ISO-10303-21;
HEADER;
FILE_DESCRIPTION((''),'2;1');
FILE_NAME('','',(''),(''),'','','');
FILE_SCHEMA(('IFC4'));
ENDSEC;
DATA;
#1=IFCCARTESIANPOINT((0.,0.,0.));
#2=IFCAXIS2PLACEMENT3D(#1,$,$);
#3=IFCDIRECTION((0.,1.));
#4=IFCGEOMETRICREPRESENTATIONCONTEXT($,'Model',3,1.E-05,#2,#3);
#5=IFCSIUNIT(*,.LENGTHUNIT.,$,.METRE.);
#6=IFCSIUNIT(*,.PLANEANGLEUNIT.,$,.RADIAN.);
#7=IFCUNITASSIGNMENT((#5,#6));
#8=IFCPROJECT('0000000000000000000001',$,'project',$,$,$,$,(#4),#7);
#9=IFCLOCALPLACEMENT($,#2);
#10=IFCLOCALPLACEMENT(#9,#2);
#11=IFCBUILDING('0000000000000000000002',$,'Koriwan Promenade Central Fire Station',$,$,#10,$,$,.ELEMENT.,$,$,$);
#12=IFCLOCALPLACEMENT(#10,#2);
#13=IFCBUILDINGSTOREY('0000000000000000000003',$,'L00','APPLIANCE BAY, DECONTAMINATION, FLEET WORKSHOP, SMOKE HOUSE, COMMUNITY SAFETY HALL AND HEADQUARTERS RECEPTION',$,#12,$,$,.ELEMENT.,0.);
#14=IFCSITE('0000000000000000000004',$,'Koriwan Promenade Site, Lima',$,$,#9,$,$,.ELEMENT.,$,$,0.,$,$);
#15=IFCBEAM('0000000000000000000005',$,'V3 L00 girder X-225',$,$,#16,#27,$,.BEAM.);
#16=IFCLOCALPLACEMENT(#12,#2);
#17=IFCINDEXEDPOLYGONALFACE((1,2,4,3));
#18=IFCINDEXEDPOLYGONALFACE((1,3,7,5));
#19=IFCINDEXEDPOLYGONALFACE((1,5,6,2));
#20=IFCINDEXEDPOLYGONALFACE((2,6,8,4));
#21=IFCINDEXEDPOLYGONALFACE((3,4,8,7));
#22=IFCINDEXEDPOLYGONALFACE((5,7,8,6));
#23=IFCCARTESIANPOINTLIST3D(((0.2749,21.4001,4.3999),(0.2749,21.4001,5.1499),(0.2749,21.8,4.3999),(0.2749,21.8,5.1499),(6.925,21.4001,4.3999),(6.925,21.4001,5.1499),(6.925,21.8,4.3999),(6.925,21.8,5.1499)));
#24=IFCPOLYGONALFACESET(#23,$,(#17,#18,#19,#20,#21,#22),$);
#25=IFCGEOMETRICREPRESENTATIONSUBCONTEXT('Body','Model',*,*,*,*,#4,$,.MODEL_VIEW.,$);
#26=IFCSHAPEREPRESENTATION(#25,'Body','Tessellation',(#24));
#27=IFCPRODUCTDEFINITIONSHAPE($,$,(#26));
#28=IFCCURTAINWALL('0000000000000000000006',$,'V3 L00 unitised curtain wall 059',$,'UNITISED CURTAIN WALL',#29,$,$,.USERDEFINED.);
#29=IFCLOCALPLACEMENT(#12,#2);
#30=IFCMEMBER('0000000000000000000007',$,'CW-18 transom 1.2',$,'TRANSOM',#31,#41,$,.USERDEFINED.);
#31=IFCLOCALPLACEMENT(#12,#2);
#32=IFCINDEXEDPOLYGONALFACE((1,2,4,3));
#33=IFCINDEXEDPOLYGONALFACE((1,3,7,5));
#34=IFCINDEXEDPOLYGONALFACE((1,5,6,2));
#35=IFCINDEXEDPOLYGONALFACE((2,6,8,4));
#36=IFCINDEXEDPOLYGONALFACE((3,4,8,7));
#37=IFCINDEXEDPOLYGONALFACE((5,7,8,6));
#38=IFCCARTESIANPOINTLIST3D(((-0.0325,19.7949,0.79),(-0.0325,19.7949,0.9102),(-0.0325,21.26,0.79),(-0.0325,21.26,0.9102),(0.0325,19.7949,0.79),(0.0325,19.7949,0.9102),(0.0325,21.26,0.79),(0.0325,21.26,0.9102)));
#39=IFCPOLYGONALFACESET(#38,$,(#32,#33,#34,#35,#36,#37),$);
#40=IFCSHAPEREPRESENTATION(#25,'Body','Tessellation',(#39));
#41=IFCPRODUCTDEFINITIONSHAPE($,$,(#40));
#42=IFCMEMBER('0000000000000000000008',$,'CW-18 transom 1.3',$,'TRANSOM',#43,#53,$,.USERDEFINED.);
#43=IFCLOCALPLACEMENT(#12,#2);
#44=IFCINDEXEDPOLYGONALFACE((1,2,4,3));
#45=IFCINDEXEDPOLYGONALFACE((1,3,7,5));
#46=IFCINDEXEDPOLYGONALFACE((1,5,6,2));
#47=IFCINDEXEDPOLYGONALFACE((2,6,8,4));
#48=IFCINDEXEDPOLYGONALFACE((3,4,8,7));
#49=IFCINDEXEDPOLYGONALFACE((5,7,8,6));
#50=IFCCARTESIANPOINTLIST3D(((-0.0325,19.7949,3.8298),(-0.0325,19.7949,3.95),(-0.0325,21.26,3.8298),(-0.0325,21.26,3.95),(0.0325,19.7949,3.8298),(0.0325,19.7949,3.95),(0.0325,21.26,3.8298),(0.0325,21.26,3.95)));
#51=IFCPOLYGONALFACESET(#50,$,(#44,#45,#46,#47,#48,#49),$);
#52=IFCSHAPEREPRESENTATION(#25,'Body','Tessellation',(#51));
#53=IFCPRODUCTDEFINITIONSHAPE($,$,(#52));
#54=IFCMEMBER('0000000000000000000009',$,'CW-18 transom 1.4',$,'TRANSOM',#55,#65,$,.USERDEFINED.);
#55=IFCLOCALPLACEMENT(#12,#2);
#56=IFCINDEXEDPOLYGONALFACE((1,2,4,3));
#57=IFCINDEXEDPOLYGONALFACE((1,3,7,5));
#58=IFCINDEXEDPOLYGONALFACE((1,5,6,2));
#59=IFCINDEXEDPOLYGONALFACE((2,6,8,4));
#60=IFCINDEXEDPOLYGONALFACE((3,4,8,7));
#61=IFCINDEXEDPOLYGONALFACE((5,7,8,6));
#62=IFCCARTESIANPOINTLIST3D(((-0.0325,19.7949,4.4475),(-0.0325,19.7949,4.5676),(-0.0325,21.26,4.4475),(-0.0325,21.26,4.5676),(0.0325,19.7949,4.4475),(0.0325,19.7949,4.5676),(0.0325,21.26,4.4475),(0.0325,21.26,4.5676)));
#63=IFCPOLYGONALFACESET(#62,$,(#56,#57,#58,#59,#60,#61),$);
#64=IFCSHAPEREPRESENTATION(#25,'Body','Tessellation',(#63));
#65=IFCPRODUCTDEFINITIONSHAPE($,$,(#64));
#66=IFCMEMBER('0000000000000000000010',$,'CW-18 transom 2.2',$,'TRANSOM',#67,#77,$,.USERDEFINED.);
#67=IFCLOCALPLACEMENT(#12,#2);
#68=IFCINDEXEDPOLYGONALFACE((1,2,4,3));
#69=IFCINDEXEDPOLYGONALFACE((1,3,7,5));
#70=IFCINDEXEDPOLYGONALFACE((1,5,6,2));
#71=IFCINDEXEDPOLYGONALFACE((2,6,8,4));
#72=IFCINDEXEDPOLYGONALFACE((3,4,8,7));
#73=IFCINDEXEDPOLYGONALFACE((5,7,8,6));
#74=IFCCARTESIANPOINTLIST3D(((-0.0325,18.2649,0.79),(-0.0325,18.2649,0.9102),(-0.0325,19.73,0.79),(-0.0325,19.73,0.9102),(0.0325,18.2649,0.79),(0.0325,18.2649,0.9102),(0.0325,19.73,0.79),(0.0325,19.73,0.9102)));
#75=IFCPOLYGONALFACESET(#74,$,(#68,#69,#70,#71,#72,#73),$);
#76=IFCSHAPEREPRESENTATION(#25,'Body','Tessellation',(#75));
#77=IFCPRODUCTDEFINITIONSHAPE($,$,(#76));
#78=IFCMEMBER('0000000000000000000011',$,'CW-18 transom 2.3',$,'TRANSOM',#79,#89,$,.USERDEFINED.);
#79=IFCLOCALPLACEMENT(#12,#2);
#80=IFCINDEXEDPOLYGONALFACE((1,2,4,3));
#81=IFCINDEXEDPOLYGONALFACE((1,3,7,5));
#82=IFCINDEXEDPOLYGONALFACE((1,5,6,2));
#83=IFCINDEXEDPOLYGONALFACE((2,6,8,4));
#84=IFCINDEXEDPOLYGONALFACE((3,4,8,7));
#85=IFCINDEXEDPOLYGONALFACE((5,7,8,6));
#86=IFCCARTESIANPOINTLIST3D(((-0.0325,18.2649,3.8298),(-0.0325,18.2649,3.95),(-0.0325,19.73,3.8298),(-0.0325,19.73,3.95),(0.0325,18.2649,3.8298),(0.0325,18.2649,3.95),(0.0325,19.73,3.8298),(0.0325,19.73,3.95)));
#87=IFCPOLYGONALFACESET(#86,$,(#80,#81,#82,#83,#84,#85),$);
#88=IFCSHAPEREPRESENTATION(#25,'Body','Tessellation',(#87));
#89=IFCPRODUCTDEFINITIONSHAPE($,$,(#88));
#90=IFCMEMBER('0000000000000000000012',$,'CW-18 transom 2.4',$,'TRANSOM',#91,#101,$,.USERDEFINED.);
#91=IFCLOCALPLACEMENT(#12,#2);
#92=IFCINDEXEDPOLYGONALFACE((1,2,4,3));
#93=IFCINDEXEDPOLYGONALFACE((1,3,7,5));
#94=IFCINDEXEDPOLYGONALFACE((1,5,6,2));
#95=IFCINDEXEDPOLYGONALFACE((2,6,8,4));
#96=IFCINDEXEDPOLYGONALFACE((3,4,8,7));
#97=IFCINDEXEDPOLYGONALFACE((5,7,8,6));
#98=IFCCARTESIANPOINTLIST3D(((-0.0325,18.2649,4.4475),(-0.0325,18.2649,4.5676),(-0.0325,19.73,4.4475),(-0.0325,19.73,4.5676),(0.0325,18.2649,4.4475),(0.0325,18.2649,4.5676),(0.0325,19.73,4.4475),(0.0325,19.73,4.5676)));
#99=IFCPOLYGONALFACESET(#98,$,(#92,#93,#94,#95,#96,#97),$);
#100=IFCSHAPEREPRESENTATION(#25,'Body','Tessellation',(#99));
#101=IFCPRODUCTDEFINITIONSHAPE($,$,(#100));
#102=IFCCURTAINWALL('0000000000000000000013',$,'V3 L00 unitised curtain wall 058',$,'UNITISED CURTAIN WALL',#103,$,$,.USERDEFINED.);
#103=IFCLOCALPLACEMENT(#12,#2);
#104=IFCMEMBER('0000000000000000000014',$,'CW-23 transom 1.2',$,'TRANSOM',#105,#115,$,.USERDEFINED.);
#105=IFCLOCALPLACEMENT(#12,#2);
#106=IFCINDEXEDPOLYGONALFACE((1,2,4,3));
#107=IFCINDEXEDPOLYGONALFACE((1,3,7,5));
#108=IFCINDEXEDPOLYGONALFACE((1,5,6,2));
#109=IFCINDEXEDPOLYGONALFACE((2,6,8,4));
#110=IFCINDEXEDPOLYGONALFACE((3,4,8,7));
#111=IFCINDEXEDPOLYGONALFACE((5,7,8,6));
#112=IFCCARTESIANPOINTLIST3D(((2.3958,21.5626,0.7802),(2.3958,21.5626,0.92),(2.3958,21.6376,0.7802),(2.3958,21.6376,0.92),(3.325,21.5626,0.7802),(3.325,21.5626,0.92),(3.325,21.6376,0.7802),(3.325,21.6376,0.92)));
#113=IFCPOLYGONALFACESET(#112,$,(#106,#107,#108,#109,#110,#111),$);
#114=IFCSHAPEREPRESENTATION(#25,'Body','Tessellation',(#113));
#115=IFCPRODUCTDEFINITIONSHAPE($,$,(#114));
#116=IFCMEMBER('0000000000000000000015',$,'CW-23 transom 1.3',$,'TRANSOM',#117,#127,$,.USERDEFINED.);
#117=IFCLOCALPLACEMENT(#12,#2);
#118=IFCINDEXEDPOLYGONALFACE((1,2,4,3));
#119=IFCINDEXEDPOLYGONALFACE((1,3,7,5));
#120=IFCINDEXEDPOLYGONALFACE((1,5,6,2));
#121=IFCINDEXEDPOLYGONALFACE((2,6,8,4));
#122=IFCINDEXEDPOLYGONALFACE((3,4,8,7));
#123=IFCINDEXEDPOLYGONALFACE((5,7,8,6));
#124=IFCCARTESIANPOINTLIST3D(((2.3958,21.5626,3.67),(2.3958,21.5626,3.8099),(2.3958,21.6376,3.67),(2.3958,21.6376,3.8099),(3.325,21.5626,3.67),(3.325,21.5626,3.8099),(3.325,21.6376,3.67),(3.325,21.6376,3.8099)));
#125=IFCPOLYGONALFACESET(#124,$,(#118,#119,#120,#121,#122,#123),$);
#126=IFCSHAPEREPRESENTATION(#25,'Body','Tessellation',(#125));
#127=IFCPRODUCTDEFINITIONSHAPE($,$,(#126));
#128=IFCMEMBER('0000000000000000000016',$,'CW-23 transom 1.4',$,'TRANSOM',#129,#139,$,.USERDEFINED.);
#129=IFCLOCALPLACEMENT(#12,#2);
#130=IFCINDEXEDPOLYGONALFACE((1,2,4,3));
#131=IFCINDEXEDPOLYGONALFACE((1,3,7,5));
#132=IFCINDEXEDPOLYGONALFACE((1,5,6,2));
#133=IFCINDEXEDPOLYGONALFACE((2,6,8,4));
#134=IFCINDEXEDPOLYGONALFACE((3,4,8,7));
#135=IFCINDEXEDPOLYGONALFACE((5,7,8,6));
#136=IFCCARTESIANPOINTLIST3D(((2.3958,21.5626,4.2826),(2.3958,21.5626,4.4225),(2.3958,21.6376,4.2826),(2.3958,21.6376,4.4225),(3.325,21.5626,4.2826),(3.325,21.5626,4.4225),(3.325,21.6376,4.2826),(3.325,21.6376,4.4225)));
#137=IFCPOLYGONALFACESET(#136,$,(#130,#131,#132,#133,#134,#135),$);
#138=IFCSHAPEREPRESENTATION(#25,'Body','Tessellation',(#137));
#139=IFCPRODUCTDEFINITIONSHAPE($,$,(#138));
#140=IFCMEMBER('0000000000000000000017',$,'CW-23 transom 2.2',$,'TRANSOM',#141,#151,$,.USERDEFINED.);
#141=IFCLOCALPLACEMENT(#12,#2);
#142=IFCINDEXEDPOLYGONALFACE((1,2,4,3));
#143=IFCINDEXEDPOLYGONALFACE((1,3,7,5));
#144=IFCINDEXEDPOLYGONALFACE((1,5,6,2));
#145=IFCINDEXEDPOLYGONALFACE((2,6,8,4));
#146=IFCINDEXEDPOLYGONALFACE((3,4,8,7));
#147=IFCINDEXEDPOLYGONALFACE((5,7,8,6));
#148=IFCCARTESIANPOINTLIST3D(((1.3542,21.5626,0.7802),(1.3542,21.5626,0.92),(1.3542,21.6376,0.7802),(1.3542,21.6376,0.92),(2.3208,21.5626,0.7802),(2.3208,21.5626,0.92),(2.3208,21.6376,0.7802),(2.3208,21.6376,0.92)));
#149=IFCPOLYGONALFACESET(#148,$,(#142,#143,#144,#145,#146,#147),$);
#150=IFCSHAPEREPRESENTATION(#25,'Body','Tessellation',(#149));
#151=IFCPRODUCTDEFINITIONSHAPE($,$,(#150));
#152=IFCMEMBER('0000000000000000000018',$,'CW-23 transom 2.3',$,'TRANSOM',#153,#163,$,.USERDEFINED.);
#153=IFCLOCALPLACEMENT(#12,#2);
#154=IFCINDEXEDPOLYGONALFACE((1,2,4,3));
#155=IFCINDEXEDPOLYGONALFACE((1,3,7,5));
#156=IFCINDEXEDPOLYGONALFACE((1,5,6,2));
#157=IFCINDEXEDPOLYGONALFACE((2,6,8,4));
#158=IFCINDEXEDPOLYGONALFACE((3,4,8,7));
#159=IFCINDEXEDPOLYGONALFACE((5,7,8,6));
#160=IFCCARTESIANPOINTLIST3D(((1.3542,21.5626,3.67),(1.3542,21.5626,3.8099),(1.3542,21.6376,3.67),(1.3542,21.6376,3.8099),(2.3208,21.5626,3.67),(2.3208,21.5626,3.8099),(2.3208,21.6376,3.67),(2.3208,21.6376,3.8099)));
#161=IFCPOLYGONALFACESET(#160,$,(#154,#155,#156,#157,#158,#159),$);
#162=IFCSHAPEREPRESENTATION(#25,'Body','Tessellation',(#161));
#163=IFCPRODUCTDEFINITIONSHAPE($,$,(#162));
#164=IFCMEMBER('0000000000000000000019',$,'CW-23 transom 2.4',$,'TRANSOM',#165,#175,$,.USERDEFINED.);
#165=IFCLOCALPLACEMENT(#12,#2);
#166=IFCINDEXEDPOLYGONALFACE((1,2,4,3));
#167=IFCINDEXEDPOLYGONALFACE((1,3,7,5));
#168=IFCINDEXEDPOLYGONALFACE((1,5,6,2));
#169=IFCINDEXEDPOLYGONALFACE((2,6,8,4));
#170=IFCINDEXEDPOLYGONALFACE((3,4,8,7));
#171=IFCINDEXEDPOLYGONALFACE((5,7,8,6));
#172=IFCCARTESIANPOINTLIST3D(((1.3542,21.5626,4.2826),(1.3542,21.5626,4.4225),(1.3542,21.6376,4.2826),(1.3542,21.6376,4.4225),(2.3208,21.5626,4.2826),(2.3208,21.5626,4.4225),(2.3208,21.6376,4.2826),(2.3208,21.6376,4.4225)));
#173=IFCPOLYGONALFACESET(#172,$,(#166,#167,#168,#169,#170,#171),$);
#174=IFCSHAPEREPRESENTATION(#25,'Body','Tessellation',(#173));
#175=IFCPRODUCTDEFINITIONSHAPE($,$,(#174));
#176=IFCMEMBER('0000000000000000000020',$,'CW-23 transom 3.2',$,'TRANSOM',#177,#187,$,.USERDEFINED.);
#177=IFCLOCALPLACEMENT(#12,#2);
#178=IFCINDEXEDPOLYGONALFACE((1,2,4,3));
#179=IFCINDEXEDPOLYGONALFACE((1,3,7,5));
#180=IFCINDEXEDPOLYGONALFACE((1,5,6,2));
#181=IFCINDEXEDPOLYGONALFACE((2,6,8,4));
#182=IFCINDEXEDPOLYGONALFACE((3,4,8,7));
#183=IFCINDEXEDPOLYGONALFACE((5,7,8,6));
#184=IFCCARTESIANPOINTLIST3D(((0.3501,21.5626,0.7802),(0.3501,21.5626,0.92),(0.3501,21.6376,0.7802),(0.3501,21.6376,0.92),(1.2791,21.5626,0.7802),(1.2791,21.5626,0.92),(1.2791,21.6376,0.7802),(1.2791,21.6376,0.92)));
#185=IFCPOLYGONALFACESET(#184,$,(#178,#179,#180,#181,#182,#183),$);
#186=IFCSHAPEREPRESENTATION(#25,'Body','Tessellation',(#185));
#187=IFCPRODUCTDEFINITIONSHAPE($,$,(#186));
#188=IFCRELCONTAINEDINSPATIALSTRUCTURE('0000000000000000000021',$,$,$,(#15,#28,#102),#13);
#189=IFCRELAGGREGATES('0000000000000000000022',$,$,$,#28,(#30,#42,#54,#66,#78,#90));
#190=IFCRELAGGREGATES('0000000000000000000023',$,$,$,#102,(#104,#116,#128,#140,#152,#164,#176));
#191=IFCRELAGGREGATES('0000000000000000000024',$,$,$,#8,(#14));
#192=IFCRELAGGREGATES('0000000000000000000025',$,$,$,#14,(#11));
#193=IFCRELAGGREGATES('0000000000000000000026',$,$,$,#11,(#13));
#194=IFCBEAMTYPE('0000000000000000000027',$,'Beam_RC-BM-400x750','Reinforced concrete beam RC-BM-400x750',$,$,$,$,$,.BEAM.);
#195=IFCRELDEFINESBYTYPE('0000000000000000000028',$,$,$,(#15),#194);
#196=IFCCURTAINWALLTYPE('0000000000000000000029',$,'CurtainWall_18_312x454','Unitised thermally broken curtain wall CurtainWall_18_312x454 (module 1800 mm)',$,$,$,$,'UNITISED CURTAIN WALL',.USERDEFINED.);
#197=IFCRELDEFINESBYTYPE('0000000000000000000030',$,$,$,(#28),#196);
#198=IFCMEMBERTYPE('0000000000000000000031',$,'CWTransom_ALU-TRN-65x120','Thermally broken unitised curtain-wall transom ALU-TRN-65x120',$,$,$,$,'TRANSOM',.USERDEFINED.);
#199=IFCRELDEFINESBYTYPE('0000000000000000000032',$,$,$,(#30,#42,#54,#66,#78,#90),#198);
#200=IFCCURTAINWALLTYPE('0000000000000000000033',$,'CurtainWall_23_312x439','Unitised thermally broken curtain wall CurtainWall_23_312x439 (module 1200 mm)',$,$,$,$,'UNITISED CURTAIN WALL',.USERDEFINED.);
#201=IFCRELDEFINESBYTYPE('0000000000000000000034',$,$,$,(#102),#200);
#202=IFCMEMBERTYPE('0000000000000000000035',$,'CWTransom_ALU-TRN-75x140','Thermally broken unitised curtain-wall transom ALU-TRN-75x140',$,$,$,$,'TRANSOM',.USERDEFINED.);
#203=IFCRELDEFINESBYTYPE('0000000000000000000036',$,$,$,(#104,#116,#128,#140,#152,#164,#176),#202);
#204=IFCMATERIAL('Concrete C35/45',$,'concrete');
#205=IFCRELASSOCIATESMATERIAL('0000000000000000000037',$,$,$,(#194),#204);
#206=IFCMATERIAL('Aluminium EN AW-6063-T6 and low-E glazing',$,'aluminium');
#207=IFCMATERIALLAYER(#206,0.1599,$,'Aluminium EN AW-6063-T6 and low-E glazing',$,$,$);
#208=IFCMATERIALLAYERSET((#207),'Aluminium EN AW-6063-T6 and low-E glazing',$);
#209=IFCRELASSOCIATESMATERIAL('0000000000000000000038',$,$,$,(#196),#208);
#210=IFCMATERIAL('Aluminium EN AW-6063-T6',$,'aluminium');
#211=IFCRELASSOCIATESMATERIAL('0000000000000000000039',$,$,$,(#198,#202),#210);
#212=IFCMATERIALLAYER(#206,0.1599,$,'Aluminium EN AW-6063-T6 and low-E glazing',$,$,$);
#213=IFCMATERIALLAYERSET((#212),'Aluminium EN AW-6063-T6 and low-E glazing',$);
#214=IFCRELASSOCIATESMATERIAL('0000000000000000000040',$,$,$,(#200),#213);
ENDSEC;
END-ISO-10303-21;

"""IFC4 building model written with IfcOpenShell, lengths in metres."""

from ifc_helpers import new_model, si_unit, direction, frame, origin, origin_2d, place, context, subcontext, project, spatial, rectangle, extrude, material, layer, layer_set, material_profile, profile_set, type_object, element, aggregate, save


model = new_model("IFC4")

# Units and contexts
model_context = context("Model", 3, precision=1e-05, world=origin(), true_north=direction((0.0, 1.0)))
body_context = subcontext(model_context, "Body", "Model", "MODEL_VIEW")
ifc_project = project(units=[si_unit("LENGTHUNIT", "METRE"), si_unit("PLANEANGLEUNIT", "RADIAN")], contexts=[model_context])

# Site, building, storey
site_placement = place(None, origin())
site = spatial("IfcSite", under=ifc_project, at=site_placement, Name="Koriwan Promenade Site, Lima", CompositionType="ELEMENT", RefElevation=0.0)
building_placement = place(site_placement, origin())
building = spatial("IfcBuilding", under=site, at=building_placement, Name="Koriwan Promenade Central Fire Station", CompositionType="ELEMENT")
storey_placement = place(building_placement, origin())
storey = spatial("IfcBuildingStorey", under=building, at=storey_placement, Name="L00", Description="APPLIANCE BAY, DECONTAMINATION, FLEET WORKSHOP, SMOKE HOUSE, COMMUNITY SAFETY HALL AND HEADQUARTERS RECEPTION", CompositionType="ELEMENT", Elevation=0.0)

# Beam
ifc_material_1 = material(Name="Concrete C35/45", Category="concrete")
ifc_material_profile_1 = material_profile(ifc_material_1, rectangle(XDim=0.3999, YDim=0.75, at=origin_2d()), Name="RC-BM-400x750")
ifc_profile_set_1 = profile_set([ifc_material_profile_1], Name="Concrete C35/45")
beam_type = type_object("IfcBeamType", Name="Beam_RC-BM-400x750", Description="Reinforced concrete beam RC-BM-400x750", PredefinedType="BEAM", material=ifc_profile_set_1)
beam_placement = place(storey_placement, frame((0.2749, 21.6001, 4.7749), z_axis=(1.0, 0.0, 0.0), x_axis=(0.0, 1.0, 0.0)))
element("IfcBeam", 1, at=beam_placement, inside=storey, type_object=beam_type, Name="V3 L00 girder X-225", PredefinedType="BEAM", context=body_context, shape_type="SweptSolid", body=[
    extrude(rectangle(XDim=0.3999, YDim=0.75, at=origin_2d()), origin(), (0.0, 0.0, 1.0), 6.6501),
])

# Curtain walls, members
ifc_material_2 = material(Name="Aluminium EN AW-6063-T6 and low-E glazing", Category="aluminium")
ifc_layer_1 = layer(ifc_material_2, 0.1599, Name="Aluminium EN AW-6063-T6 and low-E glazing")
ifc_layer_set_1 = layer_set([ifc_layer_1], Name="Aluminium EN AW-6063-T6 and low-E glazing")
curtain_wall_type_1 = type_object("IfcCurtainWallType", Name="CurtainWall_18_312x454", Description="Unitised thermally broken curtain wall CurtainWall_18_312x454 (module 1800 mm)", ElementType="UNITISED CURTAIN WALL", PredefinedType="USERDEFINED", material=ifc_layer_set_1)
curtain_wall_1_placement = place(storey_placement, origin())
curtain_wall_1 = element("IfcCurtainWall", 2, at=curtain_wall_1_placement, inside=storey, type_object=curtain_wall_type_1, Name="V3 L00 unitised curtain wall 059", ObjectType="UNITISED CURTAIN WALL", PredefinedType="USERDEFINED")
ifc_material_3 = material(Name="Aluminium EN AW-6063-T6", Category="aluminium")
ifc_material_profile_2 = material_profile(ifc_material_3, rectangle(XDim=0.0649, YDim=0.1201, at=origin_2d()), Name="ALU-TRN-65x120")
ifc_profile_set_2 = profile_set([ifc_material_profile_2], Name="Aluminium EN AW-6063-T6")
member_type_1 = type_object("IfcMemberType", Name="CWTransom_ALU-TRN-65x120", Description="Thermally broken unitised curtain-wall transom ALU-TRN-65x120", ElementType="TRANSOM", PredefinedType="USERDEFINED", material=ifc_profile_set_2)
member_1_placement = place(storey_placement, frame((0.0, 21.26, 0.8501), z_axis=(0.0, -1.0, 0.0), x_axis=(1.0, 0.0, 0.0)))
member_1 = element("IfcMember", 3, at=member_1_placement, type_object=member_type_1, Name="CW-18 transom 1.2", ObjectType="TRANSOM", PredefinedType="USERDEFINED", context=body_context, shape_type="SweptSolid", body=[
    extrude(rectangle(XDim=0.0649, YDim=0.1201, at=origin_2d()), origin(), (0.0, 0.0, 1.0), 1.4651),
])
member_2_placement = place(storey_placement, frame((0.0, 21.26, 3.8899), z_axis=(0.0, -1.0, 0.0), x_axis=(1.0, 0.0, 0.0)))
member_2 = element("IfcMember", 4, at=member_2_placement, type_object=member_type_1, Name="CW-18 transom 1.3", ObjectType="TRANSOM", PredefinedType="USERDEFINED", context=body_context, shape_type="SweptSolid", body=[
    extrude(rectangle(XDim=0.0649, YDim=0.1201, at=origin_2d()), origin(), (0.0, 0.0, 1.0), 1.4651),
])
member_3_placement = place(storey_placement, frame((0.0, 21.26, 4.5076), z_axis=(0.0, -1.0, 0.0), x_axis=(1.0, 0.0, 0.0)))
member_3 = element("IfcMember", 5, at=member_3_placement, type_object=member_type_1, Name="CW-18 transom 1.4", ObjectType="TRANSOM", PredefinedType="USERDEFINED", context=body_context, shape_type="SweptSolid", body=[
    extrude(rectangle(XDim=0.0649, YDim=0.1201, at=origin_2d()), origin(), (0.0, 0.0, 1.0), 1.4651),
])
member_4_placement = place(storey_placement, frame((0.0, 19.73, 0.8501), z_axis=(0.0, -1.0, 0.0), x_axis=(1.0, 0.0, 0.0)))
member_4 = element("IfcMember", 6, at=member_4_placement, type_object=member_type_1, Name="CW-18 transom 2.2", ObjectType="TRANSOM", PredefinedType="USERDEFINED", context=body_context, shape_type="SweptSolid", body=[
    extrude(rectangle(XDim=0.0649, YDim=0.1201, at=origin_2d()), origin(), (0.0, 0.0, 1.0), 1.4651),
])
member_5_placement = place(storey_placement, frame((0.0, 19.73, 3.8899), z_axis=(0.0, -1.0, 0.0), x_axis=(1.0, 0.0, 0.0)))
member_5 = element("IfcMember", 7, at=member_5_placement, type_object=member_type_1, Name="CW-18 transom 2.3", ObjectType="TRANSOM", PredefinedType="USERDEFINED", context=body_context, shape_type="SweptSolid", body=[
    extrude(rectangle(XDim=0.0649, YDim=0.1201, at=origin_2d()), origin(), (0.0, 0.0, 1.0), 1.4651),
])
member_6_placement = place(storey_placement, frame((0.0, 19.73, 4.5076), z_axis=(0.0, -1.0, 0.0), x_axis=(1.0, 0.0, 0.0)))
member_6 = element("IfcMember", 8, at=member_6_placement, type_object=member_type_1, Name="CW-18 transom 2.4", ObjectType="TRANSOM", PredefinedType="USERDEFINED", context=body_context, shape_type="SweptSolid", body=[
    extrude(rectangle(XDim=0.0649, YDim=0.1201, at=origin_2d()), origin(), (0.0, 0.0, 1.0), 1.4651),
])
ifc_layer_2 = layer(ifc_material_2, 0.1599, Name="Aluminium EN AW-6063-T6 and low-E glazing")
ifc_layer_set_2 = layer_set([ifc_layer_2], Name="Aluminium EN AW-6063-T6 and low-E glazing")
curtain_wall_type_2 = type_object("IfcCurtainWallType", Name="CurtainWall_23_312x439", Description="Unitised thermally broken curtain wall CurtainWall_23_312x439 (module 1200 mm)", ElementType="UNITISED CURTAIN WALL", PredefinedType="USERDEFINED", material=ifc_layer_set_2)
curtain_wall_2_placement = place(storey_placement, origin())
curtain_wall_2 = element("IfcCurtainWall", 9, at=curtain_wall_2_placement, inside=storey, type_object=curtain_wall_type_2, Name="V3 L00 unitised curtain wall 058", ObjectType="UNITISED CURTAIN WALL", PredefinedType="USERDEFINED")
ifc_material_profile_3 = material_profile(ifc_material_3, rectangle(XDim=0.075, YDim=0.1399, at=origin_2d()), Name="ALU-TRN-75x140")
ifc_profile_set_3 = profile_set([ifc_material_profile_3], Name="Aluminium EN AW-6063-T6")
member_type_2 = type_object("IfcMemberType", Name="CWTransom_ALU-TRN-75x140", Description="Thermally broken unitised curtain-wall transom ALU-TRN-75x140", ElementType="TRANSOM", PredefinedType="USERDEFINED", material=ifc_profile_set_3)
member_7_placement = place(storey_placement, frame((3.325, 21.6001, 0.8501), z_axis=(-1.0, 0.0, 0.0), x_axis=(0.0, -1.0, 0.0)))
member_7 = element("IfcMember", 10, at=member_7_placement, type_object=member_type_2, Name="CW-23 transom 1.2", ObjectType="TRANSOM", PredefinedType="USERDEFINED", context=body_context, shape_type="SweptSolid", body=[
    extrude(rectangle(XDim=0.075, YDim=0.1399, at=origin_2d()), origin(), (0.0, 0.0, 1.0), 0.9292),
])
member_8_placement = place(storey_placement, frame((3.325, 21.6001, 3.74), z_axis=(-1.0, 0.0, 0.0), x_axis=(0.0, -1.0, 0.0)))
member_8 = element("IfcMember", 11, at=member_8_placement, type_object=member_type_2, Name="CW-23 transom 1.3", ObjectType="TRANSOM", PredefinedType="USERDEFINED", context=body_context, shape_type="SweptSolid", body=[
    extrude(rectangle(XDim=0.075, YDim=0.1399, at=origin_2d()), origin(), (0.0, 0.0, 1.0), 0.9292),
])
member_9_placement = place(storey_placement, frame((3.325, 21.6001, 4.3525), z_axis=(-1.0, 0.0, 0.0), x_axis=(0.0, -1.0, 0.0)))
member_9 = element("IfcMember", 12, at=member_9_placement, type_object=member_type_2, Name="CW-23 transom 1.4", ObjectType="TRANSOM", PredefinedType="USERDEFINED", context=body_context, shape_type="SweptSolid", body=[
    extrude(rectangle(XDim=0.075, YDim=0.1399, at=origin_2d()), origin(), (0.0, 0.0, 1.0), 0.9292),
])
member_10_placement = place(storey_placement, frame((2.3208, 21.6001, 0.8501), z_axis=(-1.0, 0.0, 0.0), x_axis=(0.0, -1.0, 0.0)))
member_10 = element("IfcMember", 13, at=member_10_placement, type_object=member_type_2, Name="CW-23 transom 2.2", ObjectType="TRANSOM", PredefinedType="USERDEFINED", context=body_context, shape_type="SweptSolid", body=[
    extrude(rectangle(XDim=0.075, YDim=0.1399, at=origin_2d()), origin(), (0.0, 0.0, 1.0), 0.9666),
])
member_11_placement = place(storey_placement, frame((2.3208, 21.6001, 3.74), z_axis=(-1.0, 0.0, 0.0), x_axis=(0.0, -1.0, 0.0)))
member_11 = element("IfcMember", 14, at=member_11_placement, type_object=member_type_2, Name="CW-23 transom 2.3", ObjectType="TRANSOM", PredefinedType="USERDEFINED", context=body_context, shape_type="SweptSolid", body=[
    extrude(rectangle(XDim=0.075, YDim=0.1399, at=origin_2d()), origin(), (0.0, 0.0, 1.0), 0.9666),
])
member_12_placement = place(storey_placement, frame((2.3208, 21.6001, 4.3525), z_axis=(-1.0, 0.0, 0.0), x_axis=(0.0, -1.0, 0.0)))
member_12 = element("IfcMember", 15, at=member_12_placement, type_object=member_type_2, Name="CW-23 transom 2.4", ObjectType="TRANSOM", PredefinedType="USERDEFINED", context=body_context, shape_type="SweptSolid", body=[
    extrude(rectangle(XDim=0.075, YDim=0.1399, at=origin_2d()), origin(), (0.0, 0.0, 1.0), 0.9666),
])
member_13_placement = place(storey_placement, frame((1.2791, 21.6001, 0.8501), z_axis=(-1.0, 0.0, 0.0), x_axis=(0.0, -1.0, 0.0)))
member_13 = element("IfcMember", 16, at=member_13_placement, type_object=member_type_2, Name="CW-23 transom 3.2", ObjectType="TRANSOM", PredefinedType="USERDEFINED", context=body_context, shape_type="SweptSolid", body=[
    extrude(rectangle(XDim=0.075, YDim=0.1399, at=origin_2d()), origin(), (0.0, 0.0, 1.0), 0.929),
])

aggregate(curtain_wall_1, [member_1, member_2, member_3, member_4, member_5, member_6])
aggregate(curtain_wall_2, [member_7, member_8, member_9, member_10, member_11, member_12, member_13])

save(model, "model.ifc")
